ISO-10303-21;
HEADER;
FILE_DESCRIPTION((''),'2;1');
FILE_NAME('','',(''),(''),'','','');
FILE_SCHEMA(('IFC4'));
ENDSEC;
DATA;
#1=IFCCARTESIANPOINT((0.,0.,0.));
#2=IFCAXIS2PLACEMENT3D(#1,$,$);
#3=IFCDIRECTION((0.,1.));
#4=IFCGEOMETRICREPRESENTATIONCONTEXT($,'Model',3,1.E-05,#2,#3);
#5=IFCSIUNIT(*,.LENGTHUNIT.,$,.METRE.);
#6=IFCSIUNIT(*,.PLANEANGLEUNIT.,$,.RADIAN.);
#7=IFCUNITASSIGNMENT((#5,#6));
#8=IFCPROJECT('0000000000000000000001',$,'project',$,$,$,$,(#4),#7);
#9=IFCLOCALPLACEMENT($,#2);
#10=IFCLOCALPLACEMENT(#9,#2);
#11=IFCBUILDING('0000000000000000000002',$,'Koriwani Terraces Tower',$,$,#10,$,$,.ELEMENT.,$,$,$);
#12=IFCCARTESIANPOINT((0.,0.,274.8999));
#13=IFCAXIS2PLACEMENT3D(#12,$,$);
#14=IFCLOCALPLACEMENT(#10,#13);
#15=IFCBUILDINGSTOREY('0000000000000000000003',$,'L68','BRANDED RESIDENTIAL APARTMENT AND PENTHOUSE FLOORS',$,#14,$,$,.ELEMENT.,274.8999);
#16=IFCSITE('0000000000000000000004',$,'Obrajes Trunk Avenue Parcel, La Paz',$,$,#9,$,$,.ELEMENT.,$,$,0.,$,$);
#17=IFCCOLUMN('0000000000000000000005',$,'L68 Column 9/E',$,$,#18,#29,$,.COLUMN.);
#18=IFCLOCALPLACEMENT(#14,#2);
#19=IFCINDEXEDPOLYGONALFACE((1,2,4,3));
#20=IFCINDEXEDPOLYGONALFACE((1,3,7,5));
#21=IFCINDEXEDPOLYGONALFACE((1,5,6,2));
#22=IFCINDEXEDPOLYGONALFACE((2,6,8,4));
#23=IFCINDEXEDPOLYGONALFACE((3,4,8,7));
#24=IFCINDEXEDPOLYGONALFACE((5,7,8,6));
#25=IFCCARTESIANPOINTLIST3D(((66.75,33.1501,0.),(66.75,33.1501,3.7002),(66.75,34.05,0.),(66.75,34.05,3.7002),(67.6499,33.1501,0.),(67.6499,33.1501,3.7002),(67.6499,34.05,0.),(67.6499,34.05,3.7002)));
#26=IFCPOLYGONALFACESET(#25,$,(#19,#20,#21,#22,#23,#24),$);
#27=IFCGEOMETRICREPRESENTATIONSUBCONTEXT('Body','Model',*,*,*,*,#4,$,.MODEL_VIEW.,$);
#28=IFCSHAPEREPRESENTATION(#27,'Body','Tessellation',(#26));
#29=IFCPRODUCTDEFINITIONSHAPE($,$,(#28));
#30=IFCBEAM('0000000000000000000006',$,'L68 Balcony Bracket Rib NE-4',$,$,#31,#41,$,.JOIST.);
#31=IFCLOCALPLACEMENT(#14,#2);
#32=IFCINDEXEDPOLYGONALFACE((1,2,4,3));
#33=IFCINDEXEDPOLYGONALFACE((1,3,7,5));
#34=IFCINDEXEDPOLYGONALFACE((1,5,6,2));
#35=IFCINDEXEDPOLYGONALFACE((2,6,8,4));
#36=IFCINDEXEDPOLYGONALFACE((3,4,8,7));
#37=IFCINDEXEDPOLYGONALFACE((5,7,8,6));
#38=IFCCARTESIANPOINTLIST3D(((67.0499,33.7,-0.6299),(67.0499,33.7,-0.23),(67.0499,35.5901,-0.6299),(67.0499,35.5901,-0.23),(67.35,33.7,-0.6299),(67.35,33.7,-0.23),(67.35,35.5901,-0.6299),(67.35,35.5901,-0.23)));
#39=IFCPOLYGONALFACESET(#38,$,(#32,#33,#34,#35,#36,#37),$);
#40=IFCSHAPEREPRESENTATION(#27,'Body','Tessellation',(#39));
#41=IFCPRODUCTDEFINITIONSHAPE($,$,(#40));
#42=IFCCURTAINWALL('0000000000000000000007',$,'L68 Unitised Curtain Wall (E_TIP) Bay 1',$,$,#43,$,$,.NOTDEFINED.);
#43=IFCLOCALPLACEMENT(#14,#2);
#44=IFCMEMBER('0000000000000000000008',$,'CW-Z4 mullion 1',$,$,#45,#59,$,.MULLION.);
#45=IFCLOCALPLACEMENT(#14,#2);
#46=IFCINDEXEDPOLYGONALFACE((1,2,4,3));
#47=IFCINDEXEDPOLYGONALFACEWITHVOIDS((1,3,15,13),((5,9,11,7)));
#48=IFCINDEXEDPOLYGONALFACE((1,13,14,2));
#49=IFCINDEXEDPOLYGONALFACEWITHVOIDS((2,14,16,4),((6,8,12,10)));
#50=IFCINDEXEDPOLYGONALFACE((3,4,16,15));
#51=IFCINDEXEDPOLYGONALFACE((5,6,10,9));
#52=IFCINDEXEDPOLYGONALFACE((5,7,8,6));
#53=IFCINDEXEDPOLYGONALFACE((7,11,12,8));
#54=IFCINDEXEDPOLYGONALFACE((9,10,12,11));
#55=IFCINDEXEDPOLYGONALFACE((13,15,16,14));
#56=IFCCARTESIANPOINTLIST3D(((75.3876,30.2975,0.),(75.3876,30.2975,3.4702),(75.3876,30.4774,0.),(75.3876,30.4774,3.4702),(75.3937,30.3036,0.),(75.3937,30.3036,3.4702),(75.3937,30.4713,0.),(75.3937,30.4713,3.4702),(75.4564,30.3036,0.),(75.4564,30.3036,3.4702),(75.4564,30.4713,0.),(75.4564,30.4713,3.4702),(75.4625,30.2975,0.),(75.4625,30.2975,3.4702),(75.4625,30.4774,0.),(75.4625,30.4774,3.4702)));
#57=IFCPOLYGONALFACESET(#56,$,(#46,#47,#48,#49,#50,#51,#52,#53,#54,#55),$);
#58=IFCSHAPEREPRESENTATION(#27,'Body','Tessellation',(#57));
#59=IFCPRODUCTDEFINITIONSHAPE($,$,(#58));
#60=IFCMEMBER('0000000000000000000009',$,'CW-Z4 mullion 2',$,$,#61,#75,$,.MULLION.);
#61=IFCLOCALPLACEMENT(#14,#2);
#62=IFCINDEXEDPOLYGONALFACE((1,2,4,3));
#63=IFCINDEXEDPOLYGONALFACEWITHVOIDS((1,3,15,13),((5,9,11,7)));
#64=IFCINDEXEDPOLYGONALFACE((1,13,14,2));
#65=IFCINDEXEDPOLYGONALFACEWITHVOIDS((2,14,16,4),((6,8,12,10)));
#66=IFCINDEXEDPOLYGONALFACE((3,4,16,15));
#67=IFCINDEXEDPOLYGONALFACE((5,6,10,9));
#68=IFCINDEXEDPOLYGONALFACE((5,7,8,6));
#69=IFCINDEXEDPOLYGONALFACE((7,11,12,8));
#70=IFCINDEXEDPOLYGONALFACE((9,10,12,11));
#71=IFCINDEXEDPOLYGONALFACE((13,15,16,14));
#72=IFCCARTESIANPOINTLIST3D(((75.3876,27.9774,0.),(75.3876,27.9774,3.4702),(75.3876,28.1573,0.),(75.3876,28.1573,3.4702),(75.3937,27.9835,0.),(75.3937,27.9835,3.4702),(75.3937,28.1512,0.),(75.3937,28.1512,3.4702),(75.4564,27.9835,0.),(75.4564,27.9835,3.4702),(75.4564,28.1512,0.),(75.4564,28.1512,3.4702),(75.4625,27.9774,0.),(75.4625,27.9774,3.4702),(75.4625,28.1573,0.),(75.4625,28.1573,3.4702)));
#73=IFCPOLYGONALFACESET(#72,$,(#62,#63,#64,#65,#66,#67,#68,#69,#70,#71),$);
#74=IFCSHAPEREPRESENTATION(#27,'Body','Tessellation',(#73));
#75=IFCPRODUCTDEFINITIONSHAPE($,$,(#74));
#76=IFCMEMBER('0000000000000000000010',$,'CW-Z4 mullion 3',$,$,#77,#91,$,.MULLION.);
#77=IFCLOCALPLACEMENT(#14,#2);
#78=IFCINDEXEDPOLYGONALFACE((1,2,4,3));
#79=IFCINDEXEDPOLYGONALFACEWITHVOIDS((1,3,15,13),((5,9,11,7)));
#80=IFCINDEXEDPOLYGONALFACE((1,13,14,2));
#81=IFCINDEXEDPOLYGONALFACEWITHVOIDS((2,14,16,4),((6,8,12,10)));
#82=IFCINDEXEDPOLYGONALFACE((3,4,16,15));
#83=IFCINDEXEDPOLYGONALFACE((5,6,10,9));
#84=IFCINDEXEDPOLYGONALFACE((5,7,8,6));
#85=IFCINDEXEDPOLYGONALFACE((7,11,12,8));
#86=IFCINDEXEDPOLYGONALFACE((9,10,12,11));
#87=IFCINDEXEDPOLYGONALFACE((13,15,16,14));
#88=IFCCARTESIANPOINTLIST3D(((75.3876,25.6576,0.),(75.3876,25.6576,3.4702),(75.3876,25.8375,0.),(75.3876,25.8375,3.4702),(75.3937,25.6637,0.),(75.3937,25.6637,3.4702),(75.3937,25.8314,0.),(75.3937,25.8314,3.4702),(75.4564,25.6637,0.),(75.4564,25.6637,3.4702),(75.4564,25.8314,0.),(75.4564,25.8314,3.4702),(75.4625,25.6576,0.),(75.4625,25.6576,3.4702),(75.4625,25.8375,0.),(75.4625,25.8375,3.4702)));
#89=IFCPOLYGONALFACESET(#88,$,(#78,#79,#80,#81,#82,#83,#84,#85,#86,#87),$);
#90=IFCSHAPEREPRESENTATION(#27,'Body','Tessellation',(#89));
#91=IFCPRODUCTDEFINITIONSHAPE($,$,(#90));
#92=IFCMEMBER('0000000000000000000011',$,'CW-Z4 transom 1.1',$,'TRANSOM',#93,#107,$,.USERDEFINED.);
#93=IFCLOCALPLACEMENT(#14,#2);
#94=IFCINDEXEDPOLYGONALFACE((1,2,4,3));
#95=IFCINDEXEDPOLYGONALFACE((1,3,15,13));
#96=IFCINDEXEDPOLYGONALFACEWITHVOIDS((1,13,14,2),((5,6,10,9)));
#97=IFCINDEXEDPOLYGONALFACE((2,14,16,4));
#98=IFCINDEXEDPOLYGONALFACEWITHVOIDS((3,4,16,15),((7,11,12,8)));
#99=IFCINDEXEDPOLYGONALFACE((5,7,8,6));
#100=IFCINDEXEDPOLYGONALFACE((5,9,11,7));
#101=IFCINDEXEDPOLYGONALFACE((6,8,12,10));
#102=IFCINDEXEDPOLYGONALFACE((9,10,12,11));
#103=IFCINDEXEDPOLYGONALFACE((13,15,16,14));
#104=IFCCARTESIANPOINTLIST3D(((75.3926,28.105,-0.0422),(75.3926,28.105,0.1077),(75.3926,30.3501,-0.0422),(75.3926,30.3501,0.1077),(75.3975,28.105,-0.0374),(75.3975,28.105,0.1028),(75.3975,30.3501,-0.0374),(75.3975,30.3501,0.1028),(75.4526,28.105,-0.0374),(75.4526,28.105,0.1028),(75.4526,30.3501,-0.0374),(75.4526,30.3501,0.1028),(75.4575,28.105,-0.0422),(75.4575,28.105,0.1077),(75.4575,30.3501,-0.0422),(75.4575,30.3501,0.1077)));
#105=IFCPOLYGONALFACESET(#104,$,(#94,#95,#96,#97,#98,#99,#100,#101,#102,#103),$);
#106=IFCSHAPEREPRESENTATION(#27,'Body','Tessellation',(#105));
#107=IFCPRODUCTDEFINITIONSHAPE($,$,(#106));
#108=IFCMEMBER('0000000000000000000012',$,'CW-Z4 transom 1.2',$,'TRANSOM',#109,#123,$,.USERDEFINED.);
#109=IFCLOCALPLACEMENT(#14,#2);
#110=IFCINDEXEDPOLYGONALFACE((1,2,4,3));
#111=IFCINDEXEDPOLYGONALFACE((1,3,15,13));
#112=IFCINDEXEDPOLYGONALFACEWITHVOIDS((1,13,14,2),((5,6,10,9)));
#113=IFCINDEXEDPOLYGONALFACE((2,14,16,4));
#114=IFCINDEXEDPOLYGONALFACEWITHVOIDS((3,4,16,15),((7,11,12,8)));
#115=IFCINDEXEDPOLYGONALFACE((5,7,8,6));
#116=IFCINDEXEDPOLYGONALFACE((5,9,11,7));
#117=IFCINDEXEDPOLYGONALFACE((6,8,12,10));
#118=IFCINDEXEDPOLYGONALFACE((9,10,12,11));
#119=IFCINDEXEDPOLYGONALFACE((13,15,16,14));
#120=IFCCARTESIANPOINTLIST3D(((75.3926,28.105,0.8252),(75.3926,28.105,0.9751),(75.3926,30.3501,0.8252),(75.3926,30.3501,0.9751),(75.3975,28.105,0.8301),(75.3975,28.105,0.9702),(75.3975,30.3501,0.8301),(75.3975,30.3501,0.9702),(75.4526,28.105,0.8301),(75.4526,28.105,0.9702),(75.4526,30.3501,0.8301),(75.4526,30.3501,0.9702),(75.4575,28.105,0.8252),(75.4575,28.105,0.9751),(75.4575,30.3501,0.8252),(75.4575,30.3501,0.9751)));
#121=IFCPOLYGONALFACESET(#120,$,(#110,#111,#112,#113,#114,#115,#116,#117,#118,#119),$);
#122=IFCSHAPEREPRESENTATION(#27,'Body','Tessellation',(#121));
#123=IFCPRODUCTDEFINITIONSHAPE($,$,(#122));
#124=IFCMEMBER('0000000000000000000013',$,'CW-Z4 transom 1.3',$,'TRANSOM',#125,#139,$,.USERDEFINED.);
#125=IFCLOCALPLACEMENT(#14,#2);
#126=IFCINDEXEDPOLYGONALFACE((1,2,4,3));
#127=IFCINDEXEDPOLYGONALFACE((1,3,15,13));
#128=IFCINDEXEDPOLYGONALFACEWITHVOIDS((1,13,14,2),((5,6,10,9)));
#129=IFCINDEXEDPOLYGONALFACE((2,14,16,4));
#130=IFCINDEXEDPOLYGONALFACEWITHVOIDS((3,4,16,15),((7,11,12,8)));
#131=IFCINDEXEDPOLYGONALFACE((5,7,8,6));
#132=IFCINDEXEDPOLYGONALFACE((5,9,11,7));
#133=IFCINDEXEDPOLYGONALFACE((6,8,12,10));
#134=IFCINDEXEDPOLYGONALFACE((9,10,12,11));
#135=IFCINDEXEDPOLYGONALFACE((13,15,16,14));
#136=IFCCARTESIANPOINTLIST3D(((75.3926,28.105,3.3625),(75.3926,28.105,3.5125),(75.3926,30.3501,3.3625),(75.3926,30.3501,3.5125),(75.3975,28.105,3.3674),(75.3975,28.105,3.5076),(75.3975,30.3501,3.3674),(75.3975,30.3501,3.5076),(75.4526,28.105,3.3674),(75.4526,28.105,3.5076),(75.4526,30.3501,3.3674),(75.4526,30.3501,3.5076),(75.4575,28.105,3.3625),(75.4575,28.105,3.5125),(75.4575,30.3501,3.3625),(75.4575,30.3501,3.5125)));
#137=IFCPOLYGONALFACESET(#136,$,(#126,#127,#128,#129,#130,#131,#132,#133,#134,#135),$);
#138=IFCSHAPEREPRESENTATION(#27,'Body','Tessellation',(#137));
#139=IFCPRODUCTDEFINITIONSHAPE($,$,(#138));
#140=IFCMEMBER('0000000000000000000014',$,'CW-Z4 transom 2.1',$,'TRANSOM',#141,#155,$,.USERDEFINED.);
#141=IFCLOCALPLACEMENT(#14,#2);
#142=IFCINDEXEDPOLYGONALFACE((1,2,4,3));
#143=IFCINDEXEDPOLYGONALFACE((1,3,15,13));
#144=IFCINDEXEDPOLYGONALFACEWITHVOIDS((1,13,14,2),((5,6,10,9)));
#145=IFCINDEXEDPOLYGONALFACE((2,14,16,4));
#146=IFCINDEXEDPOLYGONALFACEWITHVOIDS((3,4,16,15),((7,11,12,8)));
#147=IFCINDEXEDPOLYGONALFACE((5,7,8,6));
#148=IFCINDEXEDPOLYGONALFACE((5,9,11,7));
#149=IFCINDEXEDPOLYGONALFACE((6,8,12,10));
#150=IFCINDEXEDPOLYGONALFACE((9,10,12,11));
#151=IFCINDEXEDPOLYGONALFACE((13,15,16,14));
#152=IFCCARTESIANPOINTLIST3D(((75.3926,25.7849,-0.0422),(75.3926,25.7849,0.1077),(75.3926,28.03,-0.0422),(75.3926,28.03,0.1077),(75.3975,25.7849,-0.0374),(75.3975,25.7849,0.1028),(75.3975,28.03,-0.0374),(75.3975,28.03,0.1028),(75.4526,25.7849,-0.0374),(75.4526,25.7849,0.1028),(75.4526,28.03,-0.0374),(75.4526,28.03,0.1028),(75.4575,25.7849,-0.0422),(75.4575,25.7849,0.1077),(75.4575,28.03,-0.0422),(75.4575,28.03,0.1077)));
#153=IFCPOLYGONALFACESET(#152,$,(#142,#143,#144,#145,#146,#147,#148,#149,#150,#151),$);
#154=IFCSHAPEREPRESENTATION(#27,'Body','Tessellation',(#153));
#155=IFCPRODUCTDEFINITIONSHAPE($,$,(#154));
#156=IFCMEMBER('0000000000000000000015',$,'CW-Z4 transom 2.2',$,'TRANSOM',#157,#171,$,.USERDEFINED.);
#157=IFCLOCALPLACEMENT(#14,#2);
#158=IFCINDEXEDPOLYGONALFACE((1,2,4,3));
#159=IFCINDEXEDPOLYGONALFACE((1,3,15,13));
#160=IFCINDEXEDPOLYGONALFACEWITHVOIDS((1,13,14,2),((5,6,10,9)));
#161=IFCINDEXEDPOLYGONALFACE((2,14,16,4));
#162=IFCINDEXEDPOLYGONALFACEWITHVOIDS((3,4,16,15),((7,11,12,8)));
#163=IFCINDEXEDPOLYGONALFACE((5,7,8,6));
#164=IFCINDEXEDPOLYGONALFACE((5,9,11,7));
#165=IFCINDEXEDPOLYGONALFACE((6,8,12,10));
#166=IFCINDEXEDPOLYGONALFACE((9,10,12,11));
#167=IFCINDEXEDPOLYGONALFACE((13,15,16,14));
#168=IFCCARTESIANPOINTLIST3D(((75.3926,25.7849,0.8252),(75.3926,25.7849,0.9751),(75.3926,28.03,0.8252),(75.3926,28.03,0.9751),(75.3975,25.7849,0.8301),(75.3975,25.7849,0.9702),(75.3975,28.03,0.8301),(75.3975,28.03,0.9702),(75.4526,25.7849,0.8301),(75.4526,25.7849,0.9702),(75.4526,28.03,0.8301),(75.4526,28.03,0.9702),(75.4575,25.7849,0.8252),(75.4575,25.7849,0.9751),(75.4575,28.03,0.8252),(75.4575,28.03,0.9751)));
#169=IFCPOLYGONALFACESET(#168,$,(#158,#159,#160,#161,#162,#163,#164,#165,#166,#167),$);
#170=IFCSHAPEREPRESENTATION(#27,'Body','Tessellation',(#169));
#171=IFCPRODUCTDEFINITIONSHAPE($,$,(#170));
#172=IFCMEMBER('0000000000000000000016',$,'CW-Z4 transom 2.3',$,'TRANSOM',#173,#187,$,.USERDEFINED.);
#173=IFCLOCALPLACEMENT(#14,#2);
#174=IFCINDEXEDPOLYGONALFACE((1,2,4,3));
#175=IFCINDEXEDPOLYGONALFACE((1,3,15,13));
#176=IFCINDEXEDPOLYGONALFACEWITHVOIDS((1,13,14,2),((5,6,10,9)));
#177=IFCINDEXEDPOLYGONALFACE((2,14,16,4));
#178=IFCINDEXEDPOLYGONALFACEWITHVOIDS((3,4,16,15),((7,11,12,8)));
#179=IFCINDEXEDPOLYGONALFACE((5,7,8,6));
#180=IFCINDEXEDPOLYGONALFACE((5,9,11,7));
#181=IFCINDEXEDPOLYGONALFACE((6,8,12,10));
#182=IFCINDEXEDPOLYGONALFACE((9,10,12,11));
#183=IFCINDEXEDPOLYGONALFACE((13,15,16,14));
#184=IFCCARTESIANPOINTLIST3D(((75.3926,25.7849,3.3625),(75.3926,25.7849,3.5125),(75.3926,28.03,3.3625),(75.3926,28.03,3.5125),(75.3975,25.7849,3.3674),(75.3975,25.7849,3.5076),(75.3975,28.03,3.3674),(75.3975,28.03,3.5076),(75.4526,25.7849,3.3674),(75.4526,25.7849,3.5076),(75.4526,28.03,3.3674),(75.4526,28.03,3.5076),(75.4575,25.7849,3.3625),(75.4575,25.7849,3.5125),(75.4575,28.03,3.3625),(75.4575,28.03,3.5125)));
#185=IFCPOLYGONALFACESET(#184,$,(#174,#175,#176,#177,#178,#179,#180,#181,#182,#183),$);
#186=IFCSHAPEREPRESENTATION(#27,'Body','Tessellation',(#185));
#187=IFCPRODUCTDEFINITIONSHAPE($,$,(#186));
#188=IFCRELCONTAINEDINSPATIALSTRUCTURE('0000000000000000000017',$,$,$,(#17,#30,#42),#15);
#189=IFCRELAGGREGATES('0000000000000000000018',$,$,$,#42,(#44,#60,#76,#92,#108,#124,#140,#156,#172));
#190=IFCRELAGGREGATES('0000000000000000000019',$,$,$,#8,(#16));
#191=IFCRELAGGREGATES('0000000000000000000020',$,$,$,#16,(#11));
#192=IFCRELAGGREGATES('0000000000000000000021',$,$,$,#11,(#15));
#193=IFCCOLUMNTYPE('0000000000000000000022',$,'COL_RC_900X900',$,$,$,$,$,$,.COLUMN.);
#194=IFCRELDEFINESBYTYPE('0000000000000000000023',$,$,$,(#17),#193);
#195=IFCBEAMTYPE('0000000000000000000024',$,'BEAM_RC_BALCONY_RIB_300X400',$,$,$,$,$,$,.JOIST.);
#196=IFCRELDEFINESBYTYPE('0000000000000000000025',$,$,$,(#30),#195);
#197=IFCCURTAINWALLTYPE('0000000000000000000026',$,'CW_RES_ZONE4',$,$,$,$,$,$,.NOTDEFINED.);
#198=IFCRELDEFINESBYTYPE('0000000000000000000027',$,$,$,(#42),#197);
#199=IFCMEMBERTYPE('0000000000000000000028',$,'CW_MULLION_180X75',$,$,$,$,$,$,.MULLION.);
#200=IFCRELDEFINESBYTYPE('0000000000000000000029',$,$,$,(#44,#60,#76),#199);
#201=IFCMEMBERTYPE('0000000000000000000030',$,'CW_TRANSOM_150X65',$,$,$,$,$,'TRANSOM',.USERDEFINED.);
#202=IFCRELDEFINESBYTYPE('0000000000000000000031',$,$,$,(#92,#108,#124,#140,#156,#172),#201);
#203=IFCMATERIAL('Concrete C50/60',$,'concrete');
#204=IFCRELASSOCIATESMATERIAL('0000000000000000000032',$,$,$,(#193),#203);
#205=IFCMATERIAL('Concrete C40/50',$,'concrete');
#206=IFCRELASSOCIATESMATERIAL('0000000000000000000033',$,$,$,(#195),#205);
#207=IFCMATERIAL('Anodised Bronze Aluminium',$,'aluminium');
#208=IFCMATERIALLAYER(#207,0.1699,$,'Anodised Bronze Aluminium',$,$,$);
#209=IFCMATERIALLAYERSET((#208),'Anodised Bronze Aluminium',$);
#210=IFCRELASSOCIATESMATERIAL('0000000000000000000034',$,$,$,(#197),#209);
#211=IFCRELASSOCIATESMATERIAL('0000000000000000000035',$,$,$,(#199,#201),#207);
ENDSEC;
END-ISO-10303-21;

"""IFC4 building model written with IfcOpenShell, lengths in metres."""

from ifc_helpers import new_model, si_unit, direction, frame, origin, origin_2d, place, context, subcontext, project, spatial, rectangle, hollow_rectangle, extrude, material, layer, layer_set, material_profile, profile_set, type_object, element, aggregate, save


model = new_model("IFC4")

# Units and contexts
model_context = context("Model", 3, precision=1e-05, world=origin(), true_north=direction((0.0, 1.0)))
body_context = subcontext(model_context, "Body", "Model", "MODEL_VIEW")
ifc_project = project(units=[si_unit("LENGTHUNIT", "METRE"), si_unit("PLANEANGLEUNIT", "RADIAN")], contexts=[model_context])

# Site, building, storey
site_placement = place(None, origin())
site = spatial("IfcSite", under=ifc_project, at=site_placement, Name="Obrajes Trunk Avenue Parcel, La Paz", CompositionType="ELEMENT", RefElevation=0.0)
building_placement = place(site_placement, origin())
building = spatial("IfcBuilding", under=site, at=building_placement, Name="Koriwani Terraces Tower", CompositionType="ELEMENT")
storey_placement = place(building_placement, frame((0.0, 0.0, 274.8999)))
storey = spatial("IfcBuildingStorey", under=building, at=storey_placement, Name="L68", Description="BRANDED RESIDENTIAL APARTMENT AND PENTHOUSE FLOORS", CompositionType="ELEMENT", Elevation=274.8999)

# Column
ifc_material_1 = material(Name="Concrete C50/60", Category="concrete")
ifc_material_profile_1 = material_profile(ifc_material_1, rectangle(XDim=0.8999, YDim=0.8999, at=origin_2d()), Name="Concrete C50/60", Category="LoadBearing")
ifc_profile_set_1 = profile_set([ifc_material_profile_1], Name="Concrete C50/60")
column_type = type_object("IfcColumnType", Name="COL_RC_900X900", PredefinedType="COLUMN", material=ifc_profile_set_1)
column_placement = place(storey_placement, frame((67.2, 33.6001, 0.0), z_axis=(0.0, 0.0, 1.0), x_axis=(1.0, 0.0, 0.0)))
element("IfcColumn", 1, at=column_placement, inside=storey, type_object=column_type, Name="L68 Column 9/E", PredefinedType="COLUMN", context=body_context, shape_type="SweptSolid", body=[
    extrude(rectangle(XDim=0.8999, YDim=0.8999, at=origin_2d()), origin(), (0.0, 0.0, 1.0), 3.7002),
])

# Beam
ifc_material_2 = material(Name="Concrete C40/50", Category="concrete")
ifc_material_profile_2 = material_profile(ifc_material_2, rectangle(XDim=0.3, YDim=0.3999, at=origin_2d()), Name="Concrete C40/50", Category="LoadBearing")
ifc_profile_set_2 = profile_set([ifc_material_profile_2], Name="Concrete C40/50")
beam_type_1 = type_object("IfcBeamType", Name="BEAM_RC_BALCONY_RIB_300X400", PredefinedType="JOIST", material=ifc_profile_set_2)
beam_1_placement = place(storey_placement, frame((67.2, 33.7, -0.4299), z_axis=(0.0, 1.0, 0.0), x_axis=(-1.0, 0.0, 0.0)))
element("IfcBeam", 2, at=beam_1_placement, inside=storey, type_object=beam_type_1, Name="L68 Balcony Bracket Rib NE-4", PredefinedType="JOIST", context=body_context, shape_type="SweptSolid", body=[
    extrude(rectangle(XDim=0.3, YDim=0.3999, at=origin_2d()), origin(), (0.0, 0.0, 1.0), 1.8901),
])

# Curtain wall, members
ifc_material_3 = material(Name="Anodised Bronze Aluminium", Category="aluminium")
ifc_layer_1 = layer(ifc_material_3, 0.1699, Name="Anodised Bronze Aluminium")
ifc_layer_set_1 = layer_set([ifc_layer_1], Name="Anodised Bronze Aluminium")
curtain_wall_type = type_object("IfcCurtainWallType", Name="CW_RES_ZONE4", PredefinedType="NOTDEFINED", material=ifc_layer_set_1)
curtain_wall_placement = place(storey_placement, origin())
curtain_wall = element("IfcCurtainWall", 3, at=curtain_wall_placement, inside=storey, type_object=curtain_wall_type, Name="L68 Unitised Curtain Wall (E_TIP) Bay 1", PredefinedType="NOTDEFINED")
ifc_material_profile_3 = material_profile(ifc_material_3, hollow_rectangle(XDim=0.075, YDim=0.1799, WallThickness=0.0061, at=origin_2d()), Name="Anodised Bronze Aluminium", Category="LoadBearing")
ifc_profile_set_3 = profile_set([ifc_material_profile_3], Name="Anodised Bronze Aluminium")
member_type_1 = type_object("IfcMemberType", Name="CW_MULLION_180X75", PredefinedType="MULLION", material=ifc_profile_set_3)
member_1_placement = place(storey_placement, frame((75.425, 30.3875, 0.0), z_axis=(0.0, 0.0, 1.0), x_axis=(1.0, 0.0, 0.0)))
member_1 = element("IfcMember", 4, at=member_1_placement, type_object=member_type_1, Name="CW-Z4 mullion 1", PredefinedType="MULLION", context=body_context, shape_type="SweptSolid", body=[
    extrude(hollow_rectangle(XDim=0.075, YDim=0.1799, WallThickness=0.0061, at=origin_2d()), origin(), (0.0, 0.0, 1.0), 3.4702),
])
member_2_placement = place(storey_placement, frame((75.425, 28.0674, 0.0), z_axis=(0.0, 0.0, 1.0), x_axis=(1.0, 0.0, 0.0)))
member_2 = element("IfcMember", 5, at=member_2_placement, type_object=member_type_1, Name="CW-Z4 mullion 2", PredefinedType="MULLION", context=body_context, shape_type="SweptSolid", body=[
    extrude(hollow_rectangle(XDim=0.075, YDim=0.1799, WallThickness=0.0061, at=origin_2d()), origin(), (0.0, 0.0, 1.0), 3.4702),
])
member_3_placement = place(storey_placement, frame((75.425, 25.7476, 0.0), z_axis=(0.0, 0.0, 1.0), x_axis=(1.0, 0.0, 0.0)))
member_3 = element("IfcMember", 6, at=member_3_placement, type_object=member_type_1, Name="CW-Z4 mullion 3", PredefinedType="MULLION", context=body_context, shape_type="SweptSolid", body=[
    extrude(hollow_rectangle(XDim=0.075, YDim=0.1799, WallThickness=0.0061, at=origin_2d()), origin(), (0.0, 0.0, 1.0), 3.4702),
])
ifc_material_profile_4 = material_profile(ifc_material_3, hollow_rectangle(XDim=0.0649, YDim=0.1499, WallThickness=0.0049, at=origin_2d()), Name="Anodised Bronze Aluminium", Category="LoadBearing")
ifc_profile_set_4 = profile_set([ifc_material_profile_4], Name="Anodised Bronze Aluminium")
member_type_2 = type_object("IfcMemberType", Name="CW_TRANSOM_150X65", ElementType="TRANSOM", PredefinedType="USERDEFINED", material=ifc_profile_set_4)
member_4_placement = place(storey_placement, frame((75.425, 30.3501, 0.0327), z_axis=(0.0, -1.0, 0.0), x_axis=(1.0, 0.0, 0.0)))
member_4 = element("IfcMember", 7, at=member_4_placement, type_object=member_type_2, Name="CW-Z4 transom 1.1", ObjectType="TRANSOM", PredefinedType="USERDEFINED", context=body_context, shape_type="SweptSolid", body=[
    extrude(hollow_rectangle(XDim=0.0649, YDim=0.1499, WallThickness=0.0049, at=origin_2d()), origin(), (0.0, 0.0, 1.0), 2.2451),
])
member_5_placement = place(storey_placement, frame((75.425, 30.3501, 0.9001), z_axis=(0.0, -1.0, 0.0), x_axis=(1.0, 0.0, 0.0)))
member_5 = element("IfcMember", 8, at=member_5_placement, type_object=member_type_2, Name="CW-Z4 transom 1.2", ObjectType="TRANSOM", PredefinedType="USERDEFINED", context=body_context, shape_type="SweptSolid", body=[
    extrude(hollow_rectangle(XDim=0.0649, YDim=0.1499, WallThickness=0.0049, at=origin_2d()), origin(), (0.0, 0.0, 1.0), 2.2451),
])
member_6_placement = place(storey_placement, frame((75.425, 30.3501, 3.4375), z_axis=(0.0, -1.0, 0.0), x_axis=(1.0, 0.0, 0.0)))
member_6 = element("IfcMember", 9, at=member_6_placement, type_object=member_type_2, Name="CW-Z4 transom 1.3", ObjectType="TRANSOM", PredefinedType="USERDEFINED", context=body_context, shape_type="SweptSolid", body=[
    extrude(hollow_rectangle(XDim=0.0649, YDim=0.1499, WallThickness=0.0049, at=origin_2d()), origin(), (0.0, 0.0, 1.0), 2.2451),
])
member_7_placement = place(storey_placement, frame((75.425, 28.03, 0.0327), z_axis=(0.0, -1.0, 0.0), x_axis=(1.0, 0.0, 0.0)))
member_7 = element("IfcMember", 10, at=member_7_placement, type_object=member_type_2, Name="CW-Z4 transom 2.1", ObjectType="TRANSOM", PredefinedType="USERDEFINED", context=body_context, shape_type="SweptSolid", body=[
    extrude(hollow_rectangle(XDim=0.0649, YDim=0.1499, WallThickness=0.0049, at=origin_2d()), origin(), (0.0, 0.0, 1.0), 2.2451),
])
member_8_placement = place(storey_placement, frame((75.425, 28.03, 0.9001), z_axis=(0.0, -1.0, 0.0), x_axis=(1.0, 0.0, 0.0)))
member_8 = element("IfcMember", 11, at=member_8_placement, type_object=member_type_2, Name="CW-Z4 transom 2.2", ObjectType="TRANSOM", PredefinedType="USERDEFINED", context=body_context, shape_type="SweptSolid", body=[
    extrude(hollow_rectangle(XDim=0.0649, YDim=0.1499, WallThickness=0.0049, at=origin_2d()), origin(), (0.0, 0.0, 1.0), 2.2451),
])
member_9_placement = place(storey_placement, frame((75.425, 28.03, 3.4375), z_axis=(0.0, -1.0, 0.0), x_axis=(1.0, 0.0, 0.0)))
member_9 = element("IfcMember", 12, at=member_9_placement, type_object=member_type_2, Name="CW-Z4 transom 2.3", ObjectType="TRANSOM", PredefinedType="USERDEFINED", context=body_context, shape_type="SweptSolid", body=[
    extrude(hollow_rectangle(XDim=0.0649, YDim=0.1499, WallThickness=0.0049, at=origin_2d()), origin(), (0.0, 0.0, 1.0), 2.2451),
])

aggregate(curtain_wall, [member_1, member_2, member_3, member_4, member_5, member_6, member_7, member_8, member_9])

save(model, "model.ifc")
